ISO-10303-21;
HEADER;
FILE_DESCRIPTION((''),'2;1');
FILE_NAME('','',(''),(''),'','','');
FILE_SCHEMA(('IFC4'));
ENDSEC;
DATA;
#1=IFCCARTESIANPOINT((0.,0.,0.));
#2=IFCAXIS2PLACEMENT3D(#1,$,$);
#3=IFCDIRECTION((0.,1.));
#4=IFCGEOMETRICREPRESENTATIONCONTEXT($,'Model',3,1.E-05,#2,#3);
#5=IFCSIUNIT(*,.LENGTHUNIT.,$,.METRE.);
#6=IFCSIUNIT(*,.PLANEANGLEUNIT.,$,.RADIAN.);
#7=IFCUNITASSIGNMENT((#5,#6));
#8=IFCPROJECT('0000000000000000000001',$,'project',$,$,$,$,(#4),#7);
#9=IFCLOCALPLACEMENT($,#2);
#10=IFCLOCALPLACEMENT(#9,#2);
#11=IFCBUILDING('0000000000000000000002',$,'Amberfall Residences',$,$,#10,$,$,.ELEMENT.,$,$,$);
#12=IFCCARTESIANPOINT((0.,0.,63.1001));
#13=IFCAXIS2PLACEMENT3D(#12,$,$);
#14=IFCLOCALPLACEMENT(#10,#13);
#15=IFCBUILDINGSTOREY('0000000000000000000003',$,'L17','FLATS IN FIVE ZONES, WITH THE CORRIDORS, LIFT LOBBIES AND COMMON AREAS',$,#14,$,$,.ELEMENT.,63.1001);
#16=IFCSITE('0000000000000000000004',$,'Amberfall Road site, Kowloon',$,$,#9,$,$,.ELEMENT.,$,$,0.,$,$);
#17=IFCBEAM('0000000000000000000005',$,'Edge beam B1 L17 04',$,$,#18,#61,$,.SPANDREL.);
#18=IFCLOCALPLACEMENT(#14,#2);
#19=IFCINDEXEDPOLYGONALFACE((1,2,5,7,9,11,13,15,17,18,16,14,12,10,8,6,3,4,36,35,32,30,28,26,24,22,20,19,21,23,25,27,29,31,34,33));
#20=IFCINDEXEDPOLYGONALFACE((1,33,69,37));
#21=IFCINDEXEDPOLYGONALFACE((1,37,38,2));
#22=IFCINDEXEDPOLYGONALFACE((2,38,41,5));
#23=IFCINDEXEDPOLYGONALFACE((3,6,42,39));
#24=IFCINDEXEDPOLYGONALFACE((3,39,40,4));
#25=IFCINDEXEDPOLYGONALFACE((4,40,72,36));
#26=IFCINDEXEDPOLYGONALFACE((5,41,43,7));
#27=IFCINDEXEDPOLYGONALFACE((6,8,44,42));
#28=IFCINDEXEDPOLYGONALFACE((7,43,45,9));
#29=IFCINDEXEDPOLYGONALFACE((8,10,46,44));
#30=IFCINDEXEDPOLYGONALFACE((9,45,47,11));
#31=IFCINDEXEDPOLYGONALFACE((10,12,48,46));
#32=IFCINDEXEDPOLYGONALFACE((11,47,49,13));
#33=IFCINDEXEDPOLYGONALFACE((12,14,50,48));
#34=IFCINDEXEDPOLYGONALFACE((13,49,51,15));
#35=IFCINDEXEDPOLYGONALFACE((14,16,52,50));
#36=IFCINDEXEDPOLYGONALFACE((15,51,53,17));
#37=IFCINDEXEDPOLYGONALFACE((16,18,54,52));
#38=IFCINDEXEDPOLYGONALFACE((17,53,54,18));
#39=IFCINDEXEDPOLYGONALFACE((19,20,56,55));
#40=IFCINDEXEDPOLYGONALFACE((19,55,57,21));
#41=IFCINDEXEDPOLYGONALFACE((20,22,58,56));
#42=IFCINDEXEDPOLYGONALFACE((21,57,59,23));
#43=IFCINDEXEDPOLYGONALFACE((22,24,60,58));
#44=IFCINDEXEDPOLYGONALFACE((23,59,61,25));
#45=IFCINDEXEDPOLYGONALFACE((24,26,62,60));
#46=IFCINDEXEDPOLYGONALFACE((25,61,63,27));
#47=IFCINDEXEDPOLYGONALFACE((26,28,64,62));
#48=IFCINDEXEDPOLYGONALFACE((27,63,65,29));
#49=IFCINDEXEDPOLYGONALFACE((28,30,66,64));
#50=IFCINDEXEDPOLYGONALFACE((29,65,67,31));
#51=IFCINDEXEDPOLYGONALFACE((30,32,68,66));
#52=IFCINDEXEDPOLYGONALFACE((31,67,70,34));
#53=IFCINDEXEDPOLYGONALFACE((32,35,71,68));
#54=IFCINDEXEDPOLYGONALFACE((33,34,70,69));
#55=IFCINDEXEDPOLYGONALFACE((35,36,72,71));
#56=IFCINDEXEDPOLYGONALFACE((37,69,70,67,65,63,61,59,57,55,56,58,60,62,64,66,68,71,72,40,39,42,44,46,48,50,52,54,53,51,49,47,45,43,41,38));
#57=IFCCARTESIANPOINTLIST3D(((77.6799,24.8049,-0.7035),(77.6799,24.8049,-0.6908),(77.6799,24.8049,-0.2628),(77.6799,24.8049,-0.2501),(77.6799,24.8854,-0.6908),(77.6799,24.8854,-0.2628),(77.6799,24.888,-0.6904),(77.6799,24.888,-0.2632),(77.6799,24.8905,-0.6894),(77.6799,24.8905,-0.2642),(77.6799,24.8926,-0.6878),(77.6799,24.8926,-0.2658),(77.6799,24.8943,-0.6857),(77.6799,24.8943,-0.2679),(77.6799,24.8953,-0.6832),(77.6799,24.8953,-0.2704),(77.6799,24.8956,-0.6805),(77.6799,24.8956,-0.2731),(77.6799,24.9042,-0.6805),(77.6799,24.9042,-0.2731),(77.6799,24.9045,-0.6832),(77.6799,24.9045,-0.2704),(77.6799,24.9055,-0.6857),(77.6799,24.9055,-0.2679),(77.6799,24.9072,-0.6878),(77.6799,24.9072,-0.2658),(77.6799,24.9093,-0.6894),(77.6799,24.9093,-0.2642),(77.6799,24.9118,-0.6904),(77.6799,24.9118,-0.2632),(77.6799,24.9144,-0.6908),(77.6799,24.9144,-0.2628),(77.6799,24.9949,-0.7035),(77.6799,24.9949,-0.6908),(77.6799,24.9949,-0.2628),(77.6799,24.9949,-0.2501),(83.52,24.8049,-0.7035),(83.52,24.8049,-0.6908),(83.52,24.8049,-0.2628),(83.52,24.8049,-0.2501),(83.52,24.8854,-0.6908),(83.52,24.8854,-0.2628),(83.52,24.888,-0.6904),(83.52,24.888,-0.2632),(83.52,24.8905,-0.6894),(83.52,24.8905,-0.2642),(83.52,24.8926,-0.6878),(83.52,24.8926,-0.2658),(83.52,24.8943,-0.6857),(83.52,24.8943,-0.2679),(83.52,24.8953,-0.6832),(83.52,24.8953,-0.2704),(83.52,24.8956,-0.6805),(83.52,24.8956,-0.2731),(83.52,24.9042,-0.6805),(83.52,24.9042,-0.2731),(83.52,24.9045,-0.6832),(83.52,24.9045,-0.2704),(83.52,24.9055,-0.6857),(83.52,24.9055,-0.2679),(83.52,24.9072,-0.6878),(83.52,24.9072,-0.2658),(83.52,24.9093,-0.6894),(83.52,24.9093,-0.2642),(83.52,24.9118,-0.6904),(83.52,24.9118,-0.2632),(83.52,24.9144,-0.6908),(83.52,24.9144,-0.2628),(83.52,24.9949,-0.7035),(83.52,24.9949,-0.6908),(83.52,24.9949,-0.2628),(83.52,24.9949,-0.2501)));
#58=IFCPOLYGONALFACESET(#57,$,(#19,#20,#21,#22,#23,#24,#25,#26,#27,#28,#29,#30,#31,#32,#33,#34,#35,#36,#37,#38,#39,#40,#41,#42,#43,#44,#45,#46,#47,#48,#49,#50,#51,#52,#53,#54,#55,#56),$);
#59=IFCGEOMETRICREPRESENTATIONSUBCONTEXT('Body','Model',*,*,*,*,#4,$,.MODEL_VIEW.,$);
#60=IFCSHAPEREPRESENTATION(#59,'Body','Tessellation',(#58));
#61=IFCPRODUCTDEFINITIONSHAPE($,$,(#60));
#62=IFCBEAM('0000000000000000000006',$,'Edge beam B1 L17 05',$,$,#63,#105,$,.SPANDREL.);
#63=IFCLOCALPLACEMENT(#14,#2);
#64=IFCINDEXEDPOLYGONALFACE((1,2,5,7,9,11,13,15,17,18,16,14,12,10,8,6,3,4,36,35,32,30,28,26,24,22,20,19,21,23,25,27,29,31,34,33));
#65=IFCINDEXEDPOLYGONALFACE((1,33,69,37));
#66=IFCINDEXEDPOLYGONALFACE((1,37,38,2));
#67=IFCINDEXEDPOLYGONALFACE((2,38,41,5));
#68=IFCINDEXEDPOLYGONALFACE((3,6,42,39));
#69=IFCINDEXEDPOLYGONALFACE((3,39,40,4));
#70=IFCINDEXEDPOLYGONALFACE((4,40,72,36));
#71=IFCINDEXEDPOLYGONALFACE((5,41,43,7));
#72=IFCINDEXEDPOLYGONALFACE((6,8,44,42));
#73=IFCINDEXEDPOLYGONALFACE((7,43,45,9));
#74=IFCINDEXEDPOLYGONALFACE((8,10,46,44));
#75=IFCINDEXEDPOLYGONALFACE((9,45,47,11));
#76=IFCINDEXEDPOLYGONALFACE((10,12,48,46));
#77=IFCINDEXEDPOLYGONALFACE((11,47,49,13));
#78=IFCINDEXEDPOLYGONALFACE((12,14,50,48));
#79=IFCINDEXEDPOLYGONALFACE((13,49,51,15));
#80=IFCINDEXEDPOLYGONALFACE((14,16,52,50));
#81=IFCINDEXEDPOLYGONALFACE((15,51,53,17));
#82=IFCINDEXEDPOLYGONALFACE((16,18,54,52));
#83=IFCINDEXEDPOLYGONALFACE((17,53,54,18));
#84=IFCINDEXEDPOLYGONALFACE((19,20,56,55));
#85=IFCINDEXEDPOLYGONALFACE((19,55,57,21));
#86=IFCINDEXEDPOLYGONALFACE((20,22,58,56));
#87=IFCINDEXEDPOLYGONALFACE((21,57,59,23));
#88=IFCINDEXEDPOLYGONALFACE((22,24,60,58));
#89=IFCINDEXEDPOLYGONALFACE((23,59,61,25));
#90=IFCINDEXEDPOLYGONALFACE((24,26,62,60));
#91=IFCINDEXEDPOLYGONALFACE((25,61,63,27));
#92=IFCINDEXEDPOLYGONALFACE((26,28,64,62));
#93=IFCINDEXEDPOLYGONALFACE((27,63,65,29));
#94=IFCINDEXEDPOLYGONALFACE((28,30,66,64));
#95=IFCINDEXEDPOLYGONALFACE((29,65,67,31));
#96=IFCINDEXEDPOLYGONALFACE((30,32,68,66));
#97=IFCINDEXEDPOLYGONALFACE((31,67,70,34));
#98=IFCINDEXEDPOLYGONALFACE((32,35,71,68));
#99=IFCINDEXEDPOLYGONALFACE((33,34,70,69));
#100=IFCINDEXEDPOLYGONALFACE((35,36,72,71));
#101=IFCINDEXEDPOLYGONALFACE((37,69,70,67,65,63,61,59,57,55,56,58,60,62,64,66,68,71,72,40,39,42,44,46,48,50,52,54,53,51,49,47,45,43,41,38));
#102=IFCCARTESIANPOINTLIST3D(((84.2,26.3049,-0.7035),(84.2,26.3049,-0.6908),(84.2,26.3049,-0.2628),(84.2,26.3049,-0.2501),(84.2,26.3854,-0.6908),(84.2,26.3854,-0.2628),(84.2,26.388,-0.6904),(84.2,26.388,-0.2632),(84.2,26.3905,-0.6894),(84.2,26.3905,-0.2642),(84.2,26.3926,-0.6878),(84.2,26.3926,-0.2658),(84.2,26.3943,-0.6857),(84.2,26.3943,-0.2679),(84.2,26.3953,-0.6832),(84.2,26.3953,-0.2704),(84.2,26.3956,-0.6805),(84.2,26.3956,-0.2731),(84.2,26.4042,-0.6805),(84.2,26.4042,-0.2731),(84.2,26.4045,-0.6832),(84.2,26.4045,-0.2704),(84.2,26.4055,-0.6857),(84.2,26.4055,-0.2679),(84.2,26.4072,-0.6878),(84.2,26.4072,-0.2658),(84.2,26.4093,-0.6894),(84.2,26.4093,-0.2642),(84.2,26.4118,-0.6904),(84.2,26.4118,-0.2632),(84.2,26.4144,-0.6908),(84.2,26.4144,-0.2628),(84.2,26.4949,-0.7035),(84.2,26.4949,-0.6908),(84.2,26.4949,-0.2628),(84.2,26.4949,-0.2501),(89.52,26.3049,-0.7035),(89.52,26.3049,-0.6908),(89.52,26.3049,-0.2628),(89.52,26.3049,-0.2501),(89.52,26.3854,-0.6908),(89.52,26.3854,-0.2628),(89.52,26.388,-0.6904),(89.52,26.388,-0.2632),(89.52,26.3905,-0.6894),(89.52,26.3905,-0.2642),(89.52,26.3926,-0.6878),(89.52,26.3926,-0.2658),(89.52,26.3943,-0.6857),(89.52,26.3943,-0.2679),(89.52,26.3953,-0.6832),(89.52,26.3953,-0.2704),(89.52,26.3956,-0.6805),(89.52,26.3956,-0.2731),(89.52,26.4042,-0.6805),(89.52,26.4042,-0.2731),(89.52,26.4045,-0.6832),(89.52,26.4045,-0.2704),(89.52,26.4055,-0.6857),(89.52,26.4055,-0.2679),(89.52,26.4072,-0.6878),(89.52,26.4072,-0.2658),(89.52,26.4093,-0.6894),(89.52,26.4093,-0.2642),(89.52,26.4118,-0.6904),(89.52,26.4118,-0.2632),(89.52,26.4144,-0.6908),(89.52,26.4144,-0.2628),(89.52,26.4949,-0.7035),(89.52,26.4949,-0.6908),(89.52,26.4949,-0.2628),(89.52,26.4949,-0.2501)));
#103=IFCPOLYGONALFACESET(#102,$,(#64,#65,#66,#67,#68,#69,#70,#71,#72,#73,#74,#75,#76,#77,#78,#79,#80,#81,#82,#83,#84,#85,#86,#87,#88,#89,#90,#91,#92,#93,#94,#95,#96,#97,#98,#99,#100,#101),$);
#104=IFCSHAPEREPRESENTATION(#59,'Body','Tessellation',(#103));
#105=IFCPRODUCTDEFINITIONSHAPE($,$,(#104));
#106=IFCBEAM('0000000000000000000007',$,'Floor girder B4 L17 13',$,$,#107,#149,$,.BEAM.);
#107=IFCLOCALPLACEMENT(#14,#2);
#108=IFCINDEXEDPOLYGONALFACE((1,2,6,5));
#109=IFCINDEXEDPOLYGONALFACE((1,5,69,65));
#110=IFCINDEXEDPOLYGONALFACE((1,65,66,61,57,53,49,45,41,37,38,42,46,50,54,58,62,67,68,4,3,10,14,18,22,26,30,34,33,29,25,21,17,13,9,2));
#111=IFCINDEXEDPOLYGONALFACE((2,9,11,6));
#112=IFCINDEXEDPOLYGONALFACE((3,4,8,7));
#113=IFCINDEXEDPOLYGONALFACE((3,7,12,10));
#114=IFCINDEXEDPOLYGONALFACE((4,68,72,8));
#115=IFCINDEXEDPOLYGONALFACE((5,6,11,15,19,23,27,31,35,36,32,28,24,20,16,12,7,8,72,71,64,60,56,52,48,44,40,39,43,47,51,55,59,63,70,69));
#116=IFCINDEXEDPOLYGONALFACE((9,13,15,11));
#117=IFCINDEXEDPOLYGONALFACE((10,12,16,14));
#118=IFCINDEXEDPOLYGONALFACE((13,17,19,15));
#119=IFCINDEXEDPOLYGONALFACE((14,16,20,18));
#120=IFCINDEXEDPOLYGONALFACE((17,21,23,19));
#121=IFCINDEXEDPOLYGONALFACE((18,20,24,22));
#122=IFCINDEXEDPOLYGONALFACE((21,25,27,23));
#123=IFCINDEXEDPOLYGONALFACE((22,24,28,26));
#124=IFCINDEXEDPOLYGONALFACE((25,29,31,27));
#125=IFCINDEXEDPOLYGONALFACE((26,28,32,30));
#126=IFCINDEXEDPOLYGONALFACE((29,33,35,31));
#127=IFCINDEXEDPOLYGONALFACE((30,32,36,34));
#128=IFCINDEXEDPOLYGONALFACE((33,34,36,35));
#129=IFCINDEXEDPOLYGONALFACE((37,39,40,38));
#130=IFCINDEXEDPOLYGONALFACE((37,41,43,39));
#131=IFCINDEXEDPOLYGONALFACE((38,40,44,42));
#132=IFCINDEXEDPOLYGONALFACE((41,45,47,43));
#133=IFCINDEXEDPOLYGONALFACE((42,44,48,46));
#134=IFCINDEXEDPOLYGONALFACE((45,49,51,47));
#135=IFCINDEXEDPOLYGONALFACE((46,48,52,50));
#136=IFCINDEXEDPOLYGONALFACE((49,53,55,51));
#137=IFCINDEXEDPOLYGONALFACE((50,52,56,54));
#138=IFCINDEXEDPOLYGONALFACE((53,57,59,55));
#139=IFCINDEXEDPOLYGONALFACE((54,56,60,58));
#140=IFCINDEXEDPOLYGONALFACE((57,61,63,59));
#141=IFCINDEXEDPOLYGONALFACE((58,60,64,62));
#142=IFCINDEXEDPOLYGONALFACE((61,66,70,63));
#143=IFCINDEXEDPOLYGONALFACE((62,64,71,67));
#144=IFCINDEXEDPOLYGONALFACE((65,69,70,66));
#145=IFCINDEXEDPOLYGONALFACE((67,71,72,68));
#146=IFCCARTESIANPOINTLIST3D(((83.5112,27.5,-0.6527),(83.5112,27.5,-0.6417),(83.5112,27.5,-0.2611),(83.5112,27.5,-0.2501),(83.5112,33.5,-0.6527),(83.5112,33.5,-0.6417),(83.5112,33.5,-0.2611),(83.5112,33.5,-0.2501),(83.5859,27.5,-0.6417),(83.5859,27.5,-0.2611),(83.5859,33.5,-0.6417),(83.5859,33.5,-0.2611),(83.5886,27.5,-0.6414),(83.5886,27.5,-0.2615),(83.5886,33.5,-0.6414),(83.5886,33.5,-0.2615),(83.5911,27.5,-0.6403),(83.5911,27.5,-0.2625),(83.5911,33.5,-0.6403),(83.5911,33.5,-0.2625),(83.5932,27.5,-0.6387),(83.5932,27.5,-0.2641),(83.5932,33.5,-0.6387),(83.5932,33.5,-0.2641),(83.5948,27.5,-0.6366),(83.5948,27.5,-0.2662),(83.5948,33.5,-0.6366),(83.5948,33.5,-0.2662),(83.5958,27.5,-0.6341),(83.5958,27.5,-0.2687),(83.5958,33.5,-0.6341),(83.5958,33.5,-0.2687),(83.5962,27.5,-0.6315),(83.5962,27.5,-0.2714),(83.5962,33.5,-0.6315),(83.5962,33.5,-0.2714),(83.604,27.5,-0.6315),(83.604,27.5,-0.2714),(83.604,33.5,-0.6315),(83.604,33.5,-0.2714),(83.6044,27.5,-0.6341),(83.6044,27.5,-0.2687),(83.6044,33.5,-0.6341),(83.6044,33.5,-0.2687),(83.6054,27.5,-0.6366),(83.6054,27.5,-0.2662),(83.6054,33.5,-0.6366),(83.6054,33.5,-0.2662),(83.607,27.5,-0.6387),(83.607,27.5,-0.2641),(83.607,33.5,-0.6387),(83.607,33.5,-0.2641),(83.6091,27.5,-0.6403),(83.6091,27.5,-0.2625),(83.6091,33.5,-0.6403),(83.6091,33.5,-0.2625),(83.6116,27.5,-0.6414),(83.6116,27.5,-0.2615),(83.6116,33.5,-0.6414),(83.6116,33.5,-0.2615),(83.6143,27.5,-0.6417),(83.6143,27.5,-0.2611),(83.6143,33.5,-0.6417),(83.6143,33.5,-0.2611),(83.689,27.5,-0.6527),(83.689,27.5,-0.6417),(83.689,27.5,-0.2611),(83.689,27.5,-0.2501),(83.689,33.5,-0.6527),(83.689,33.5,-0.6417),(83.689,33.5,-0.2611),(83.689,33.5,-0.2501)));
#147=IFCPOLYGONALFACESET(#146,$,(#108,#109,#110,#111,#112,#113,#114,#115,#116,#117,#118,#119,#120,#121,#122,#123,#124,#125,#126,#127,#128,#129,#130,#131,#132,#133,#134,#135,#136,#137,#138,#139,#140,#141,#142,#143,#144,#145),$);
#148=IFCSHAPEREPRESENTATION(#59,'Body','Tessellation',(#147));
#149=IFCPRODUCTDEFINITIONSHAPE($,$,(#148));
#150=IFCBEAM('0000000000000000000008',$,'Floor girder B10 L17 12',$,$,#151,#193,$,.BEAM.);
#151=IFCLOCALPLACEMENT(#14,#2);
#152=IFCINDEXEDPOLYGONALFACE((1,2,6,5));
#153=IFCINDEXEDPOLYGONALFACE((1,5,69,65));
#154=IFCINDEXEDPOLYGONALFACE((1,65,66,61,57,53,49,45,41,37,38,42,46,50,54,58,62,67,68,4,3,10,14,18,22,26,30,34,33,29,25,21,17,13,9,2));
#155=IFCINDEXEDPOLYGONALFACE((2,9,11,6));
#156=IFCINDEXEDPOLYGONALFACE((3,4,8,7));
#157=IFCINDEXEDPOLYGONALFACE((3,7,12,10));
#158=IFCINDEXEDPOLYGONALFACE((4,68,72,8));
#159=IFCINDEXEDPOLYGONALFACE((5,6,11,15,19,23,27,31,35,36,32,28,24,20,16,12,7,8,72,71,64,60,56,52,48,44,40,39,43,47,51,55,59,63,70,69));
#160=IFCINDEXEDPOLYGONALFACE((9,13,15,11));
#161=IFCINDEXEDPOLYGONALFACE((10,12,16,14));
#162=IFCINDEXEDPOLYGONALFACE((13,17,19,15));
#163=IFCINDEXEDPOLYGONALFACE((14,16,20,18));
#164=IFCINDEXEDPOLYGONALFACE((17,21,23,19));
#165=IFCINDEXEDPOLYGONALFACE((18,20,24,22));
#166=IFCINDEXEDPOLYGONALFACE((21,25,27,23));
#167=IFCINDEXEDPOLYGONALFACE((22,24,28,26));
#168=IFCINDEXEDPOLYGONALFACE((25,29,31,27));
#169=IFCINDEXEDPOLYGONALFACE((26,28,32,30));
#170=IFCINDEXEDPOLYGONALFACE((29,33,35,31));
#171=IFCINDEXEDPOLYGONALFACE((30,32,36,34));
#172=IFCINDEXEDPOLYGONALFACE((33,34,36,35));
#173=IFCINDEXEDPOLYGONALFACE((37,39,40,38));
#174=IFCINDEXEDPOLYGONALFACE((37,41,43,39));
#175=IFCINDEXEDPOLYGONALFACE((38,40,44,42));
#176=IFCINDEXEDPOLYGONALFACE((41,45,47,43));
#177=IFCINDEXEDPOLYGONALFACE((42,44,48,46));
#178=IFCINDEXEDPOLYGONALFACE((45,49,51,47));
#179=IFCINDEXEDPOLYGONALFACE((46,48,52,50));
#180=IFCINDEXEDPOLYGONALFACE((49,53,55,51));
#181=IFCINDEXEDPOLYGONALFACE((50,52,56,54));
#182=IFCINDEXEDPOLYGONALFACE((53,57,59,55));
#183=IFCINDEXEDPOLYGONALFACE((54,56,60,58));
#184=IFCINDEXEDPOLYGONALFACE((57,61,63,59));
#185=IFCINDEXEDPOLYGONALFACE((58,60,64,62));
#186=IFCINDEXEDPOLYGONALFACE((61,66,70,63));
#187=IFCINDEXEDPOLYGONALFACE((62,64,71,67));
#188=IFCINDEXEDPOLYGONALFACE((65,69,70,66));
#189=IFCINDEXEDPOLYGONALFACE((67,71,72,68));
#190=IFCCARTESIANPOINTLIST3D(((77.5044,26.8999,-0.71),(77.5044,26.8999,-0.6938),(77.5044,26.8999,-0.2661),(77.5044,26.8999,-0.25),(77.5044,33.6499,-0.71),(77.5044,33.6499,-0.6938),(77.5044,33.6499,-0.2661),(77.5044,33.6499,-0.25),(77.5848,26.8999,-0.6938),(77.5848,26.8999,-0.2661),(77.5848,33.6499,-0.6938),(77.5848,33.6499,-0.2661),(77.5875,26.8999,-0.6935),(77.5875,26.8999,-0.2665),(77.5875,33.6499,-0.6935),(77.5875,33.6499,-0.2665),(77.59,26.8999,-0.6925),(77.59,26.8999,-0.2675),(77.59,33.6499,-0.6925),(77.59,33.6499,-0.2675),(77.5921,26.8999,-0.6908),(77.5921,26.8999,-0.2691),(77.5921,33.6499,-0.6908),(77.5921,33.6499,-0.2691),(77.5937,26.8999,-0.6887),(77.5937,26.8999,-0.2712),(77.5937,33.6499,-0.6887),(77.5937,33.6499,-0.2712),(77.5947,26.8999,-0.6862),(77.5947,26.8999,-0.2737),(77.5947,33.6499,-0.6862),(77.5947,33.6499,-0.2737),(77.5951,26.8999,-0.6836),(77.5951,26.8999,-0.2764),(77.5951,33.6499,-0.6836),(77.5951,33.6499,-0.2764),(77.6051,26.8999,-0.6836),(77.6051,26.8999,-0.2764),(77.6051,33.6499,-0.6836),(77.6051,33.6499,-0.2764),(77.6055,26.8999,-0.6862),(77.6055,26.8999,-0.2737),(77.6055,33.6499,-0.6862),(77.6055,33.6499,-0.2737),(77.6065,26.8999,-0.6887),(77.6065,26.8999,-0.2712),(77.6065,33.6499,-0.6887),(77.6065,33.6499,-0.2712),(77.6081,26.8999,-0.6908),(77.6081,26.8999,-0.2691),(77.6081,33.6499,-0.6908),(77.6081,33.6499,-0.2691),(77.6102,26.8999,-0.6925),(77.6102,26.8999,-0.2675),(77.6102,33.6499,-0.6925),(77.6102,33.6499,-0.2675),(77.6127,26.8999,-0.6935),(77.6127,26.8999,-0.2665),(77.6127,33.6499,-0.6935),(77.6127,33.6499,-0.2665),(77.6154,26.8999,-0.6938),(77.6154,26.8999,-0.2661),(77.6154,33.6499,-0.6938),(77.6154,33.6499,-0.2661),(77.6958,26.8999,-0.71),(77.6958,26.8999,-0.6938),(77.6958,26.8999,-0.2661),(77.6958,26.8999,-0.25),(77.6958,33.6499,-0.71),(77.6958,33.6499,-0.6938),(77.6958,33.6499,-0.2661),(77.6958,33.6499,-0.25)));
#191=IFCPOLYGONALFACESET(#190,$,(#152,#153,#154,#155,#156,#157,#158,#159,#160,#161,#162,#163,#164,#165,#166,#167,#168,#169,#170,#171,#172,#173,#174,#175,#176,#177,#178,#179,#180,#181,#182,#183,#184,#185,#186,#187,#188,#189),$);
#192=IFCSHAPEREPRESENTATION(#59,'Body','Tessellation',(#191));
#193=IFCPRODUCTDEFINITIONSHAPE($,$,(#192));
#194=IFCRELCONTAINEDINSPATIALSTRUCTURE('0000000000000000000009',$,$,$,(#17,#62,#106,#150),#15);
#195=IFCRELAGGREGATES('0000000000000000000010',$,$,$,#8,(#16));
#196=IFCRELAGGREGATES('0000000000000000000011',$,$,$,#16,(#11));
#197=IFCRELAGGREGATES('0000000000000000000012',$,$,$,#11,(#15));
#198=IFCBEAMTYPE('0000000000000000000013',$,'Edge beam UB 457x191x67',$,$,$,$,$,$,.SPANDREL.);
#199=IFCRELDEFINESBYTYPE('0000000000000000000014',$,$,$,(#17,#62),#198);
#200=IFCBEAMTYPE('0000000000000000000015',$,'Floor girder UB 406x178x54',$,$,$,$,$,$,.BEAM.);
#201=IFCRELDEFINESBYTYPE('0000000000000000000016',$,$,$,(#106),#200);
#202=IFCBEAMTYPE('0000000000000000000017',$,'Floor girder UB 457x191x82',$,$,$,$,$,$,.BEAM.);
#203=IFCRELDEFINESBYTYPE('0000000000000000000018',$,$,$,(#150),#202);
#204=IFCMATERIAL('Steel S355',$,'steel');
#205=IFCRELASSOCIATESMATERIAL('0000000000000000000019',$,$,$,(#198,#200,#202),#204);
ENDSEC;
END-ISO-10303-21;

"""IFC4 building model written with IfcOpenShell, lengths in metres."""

from ifc_helpers import new_model, si_unit, direction, frame, origin, origin_2d, place, context, subcontext, project, spatial, i_section, extrude, material, material_profile, profile_set, type_object, element, save


model = new_model("IFC4")

# Units and contexts
model_context = context("Model", 3, precision=1e-05, world=origin(), true_north=direction((0.0, 1.0)))
body_context = subcontext(model_context, "Body", "Model", "MODEL_VIEW")
ifc_project = project(units=[si_unit("LENGTHUNIT", "METRE"), si_unit("PLANEANGLEUNIT", "RADIAN")], contexts=[model_context])

# Site, building, storey
site_placement = place(None, origin())
site = spatial("IfcSite", under=ifc_project, at=site_placement, Name="Amberfall Road site, Kowloon", CompositionType="ELEMENT", RefElevation=0.0)
building_placement = place(site_placement, origin())
building = spatial("IfcBuilding", under=site, at=building_placement, Name="Amberfall Residences", CompositionType="ELEMENT")
storey_placement = place(building_placement, frame((0.0, 0.0, 63.1001)))
storey = spatial("IfcBuildingStorey", under=building, at=storey_placement, Name="L17", Description="FLATS IN FIVE ZONES, WITH THE CORRIDORS, LIFT LOBBIES AND COMMON AREAS", CompositionType="ELEMENT", Elevation=63.1001)

# Beams
ifc_material_1 = material(Name="Steel S355", Category="steel")
ifc_material_profile_1 = material_profile(ifc_material_1, i_section(OverallWidth=0.1899, OverallDepth=0.4534, WebThickness=0.0085, FlangeThickness=0.0127, FilletRadius=0.0103, at=origin_2d()), Name="UB 457x191x67")
ifc_profile_set_1 = profile_set([ifc_material_profile_1], Name="Steel S355")
beam_type_1 = type_object("IfcBeamType", Name="Edge beam UB 457x191x67", PredefinedType="SPANDREL", material=ifc_profile_set_1)
beam_1_placement = place(storey_placement, frame((77.6799, 24.8999, -0.4768), z_axis=(1.0, 0.0, 0.0), x_axis=(0.0, 1.0, 0.0)))
element("IfcBeam", 1, at=beam_1_placement, inside=storey, type_object=beam_type_1, Name="Edge beam B1 L17 04", PredefinedType="SPANDREL", context=body_context, shape_type="SweptSolid", body=[
    extrude(i_section(OverallWidth=0.1899, OverallDepth=0.4534, WebThickness=0.0085, FlangeThickness=0.0127, FilletRadius=0.0103, at=origin_2d()), origin(), (0.0, 0.0, 1.0), 5.8401),
])
beam_2_placement = place(storey_placement, frame((84.2, 26.3999, -0.4768), z_axis=(1.0, 0.0, 0.0), x_axis=(0.0, 1.0, 0.0)))
element("IfcBeam", 2, at=beam_2_placement, inside=storey, type_object=beam_type_1, Name="Edge beam B1 L17 05", PredefinedType="SPANDREL", context=body_context, shape_type="SweptSolid", body=[
    extrude(i_section(OverallWidth=0.1899, OverallDepth=0.4534, WebThickness=0.0085, FlangeThickness=0.0127, FilletRadius=0.0103, at=origin_2d()), origin(), (0.0, 0.0, 1.0), 5.3201),
])
ifc_material_profile_2 = material_profile(ifc_material_1, i_section(OverallWidth=0.1777, OverallDepth=0.4026, WebThickness=0.0078, FlangeThickness=0.011, FilletRadius=0.0103, at=origin_2d()), Name="UB 406x178x54")
ifc_profile_set_2 = profile_set([ifc_material_profile_2], Name="Steel S355")
beam_type_2 = type_object("IfcBeamType", Name="Floor girder UB 406x178x54", PredefinedType="BEAM", material=ifc_profile_set_2)
beam_3_placement = place(storey_placement, frame((83.6001, 27.5, -0.4514), z_axis=(0.0, 1.0, 0.0), x_axis=(-1.0, 0.0, 0.0)))
element("IfcBeam", 3, at=beam_3_placement, inside=storey, type_object=beam_type_2, Name="Floor girder B4 L17 13", PredefinedType="BEAM", context=body_context, shape_type="SweptSolid", body=[
    extrude(i_section(OverallWidth=0.1777, OverallDepth=0.4026, WebThickness=0.0078, FlangeThickness=0.011, FilletRadius=0.0103, at=origin_2d()), origin(), (0.0, 0.0, 1.0), 6.0),
])
ifc_material_profile_3 = material_profile(ifc_material_1, i_section(OverallWidth=0.1914, OverallDepth=0.46, WebThickness=0.01, FlangeThickness=0.0161, FilletRadius=0.0103, at=origin_2d()), Name="UB 457x191x82")
ifc_profile_set_3 = profile_set([ifc_material_profile_3], Name="Steel S355")
beam_type_3 = type_object("IfcBeamType", Name="Floor girder UB 457x191x82", PredefinedType="BEAM", material=ifc_profile_set_3)
beam_4_placement = place(storey_placement, frame((77.6001, 26.8999, -0.48), z_axis=(0.0, 1.0, 0.0), x_axis=(-1.0, 0.0, 0.0)))
element("IfcBeam", 4, at=beam_4_placement, inside=storey, type_object=beam_type_3, Name="Floor girder B10 L17 12", PredefinedType="BEAM", context=body_context, shape_type="SweptSolid", body=[
    extrude(i_section(OverallWidth=0.1914, OverallDepth=0.46, WebThickness=0.01, FlangeThickness=0.0161, FilletRadius=0.0103, at=origin_2d()), origin(), (0.0, 0.0, 1.0), 6.75),
])

save(model, "model.ifc")
